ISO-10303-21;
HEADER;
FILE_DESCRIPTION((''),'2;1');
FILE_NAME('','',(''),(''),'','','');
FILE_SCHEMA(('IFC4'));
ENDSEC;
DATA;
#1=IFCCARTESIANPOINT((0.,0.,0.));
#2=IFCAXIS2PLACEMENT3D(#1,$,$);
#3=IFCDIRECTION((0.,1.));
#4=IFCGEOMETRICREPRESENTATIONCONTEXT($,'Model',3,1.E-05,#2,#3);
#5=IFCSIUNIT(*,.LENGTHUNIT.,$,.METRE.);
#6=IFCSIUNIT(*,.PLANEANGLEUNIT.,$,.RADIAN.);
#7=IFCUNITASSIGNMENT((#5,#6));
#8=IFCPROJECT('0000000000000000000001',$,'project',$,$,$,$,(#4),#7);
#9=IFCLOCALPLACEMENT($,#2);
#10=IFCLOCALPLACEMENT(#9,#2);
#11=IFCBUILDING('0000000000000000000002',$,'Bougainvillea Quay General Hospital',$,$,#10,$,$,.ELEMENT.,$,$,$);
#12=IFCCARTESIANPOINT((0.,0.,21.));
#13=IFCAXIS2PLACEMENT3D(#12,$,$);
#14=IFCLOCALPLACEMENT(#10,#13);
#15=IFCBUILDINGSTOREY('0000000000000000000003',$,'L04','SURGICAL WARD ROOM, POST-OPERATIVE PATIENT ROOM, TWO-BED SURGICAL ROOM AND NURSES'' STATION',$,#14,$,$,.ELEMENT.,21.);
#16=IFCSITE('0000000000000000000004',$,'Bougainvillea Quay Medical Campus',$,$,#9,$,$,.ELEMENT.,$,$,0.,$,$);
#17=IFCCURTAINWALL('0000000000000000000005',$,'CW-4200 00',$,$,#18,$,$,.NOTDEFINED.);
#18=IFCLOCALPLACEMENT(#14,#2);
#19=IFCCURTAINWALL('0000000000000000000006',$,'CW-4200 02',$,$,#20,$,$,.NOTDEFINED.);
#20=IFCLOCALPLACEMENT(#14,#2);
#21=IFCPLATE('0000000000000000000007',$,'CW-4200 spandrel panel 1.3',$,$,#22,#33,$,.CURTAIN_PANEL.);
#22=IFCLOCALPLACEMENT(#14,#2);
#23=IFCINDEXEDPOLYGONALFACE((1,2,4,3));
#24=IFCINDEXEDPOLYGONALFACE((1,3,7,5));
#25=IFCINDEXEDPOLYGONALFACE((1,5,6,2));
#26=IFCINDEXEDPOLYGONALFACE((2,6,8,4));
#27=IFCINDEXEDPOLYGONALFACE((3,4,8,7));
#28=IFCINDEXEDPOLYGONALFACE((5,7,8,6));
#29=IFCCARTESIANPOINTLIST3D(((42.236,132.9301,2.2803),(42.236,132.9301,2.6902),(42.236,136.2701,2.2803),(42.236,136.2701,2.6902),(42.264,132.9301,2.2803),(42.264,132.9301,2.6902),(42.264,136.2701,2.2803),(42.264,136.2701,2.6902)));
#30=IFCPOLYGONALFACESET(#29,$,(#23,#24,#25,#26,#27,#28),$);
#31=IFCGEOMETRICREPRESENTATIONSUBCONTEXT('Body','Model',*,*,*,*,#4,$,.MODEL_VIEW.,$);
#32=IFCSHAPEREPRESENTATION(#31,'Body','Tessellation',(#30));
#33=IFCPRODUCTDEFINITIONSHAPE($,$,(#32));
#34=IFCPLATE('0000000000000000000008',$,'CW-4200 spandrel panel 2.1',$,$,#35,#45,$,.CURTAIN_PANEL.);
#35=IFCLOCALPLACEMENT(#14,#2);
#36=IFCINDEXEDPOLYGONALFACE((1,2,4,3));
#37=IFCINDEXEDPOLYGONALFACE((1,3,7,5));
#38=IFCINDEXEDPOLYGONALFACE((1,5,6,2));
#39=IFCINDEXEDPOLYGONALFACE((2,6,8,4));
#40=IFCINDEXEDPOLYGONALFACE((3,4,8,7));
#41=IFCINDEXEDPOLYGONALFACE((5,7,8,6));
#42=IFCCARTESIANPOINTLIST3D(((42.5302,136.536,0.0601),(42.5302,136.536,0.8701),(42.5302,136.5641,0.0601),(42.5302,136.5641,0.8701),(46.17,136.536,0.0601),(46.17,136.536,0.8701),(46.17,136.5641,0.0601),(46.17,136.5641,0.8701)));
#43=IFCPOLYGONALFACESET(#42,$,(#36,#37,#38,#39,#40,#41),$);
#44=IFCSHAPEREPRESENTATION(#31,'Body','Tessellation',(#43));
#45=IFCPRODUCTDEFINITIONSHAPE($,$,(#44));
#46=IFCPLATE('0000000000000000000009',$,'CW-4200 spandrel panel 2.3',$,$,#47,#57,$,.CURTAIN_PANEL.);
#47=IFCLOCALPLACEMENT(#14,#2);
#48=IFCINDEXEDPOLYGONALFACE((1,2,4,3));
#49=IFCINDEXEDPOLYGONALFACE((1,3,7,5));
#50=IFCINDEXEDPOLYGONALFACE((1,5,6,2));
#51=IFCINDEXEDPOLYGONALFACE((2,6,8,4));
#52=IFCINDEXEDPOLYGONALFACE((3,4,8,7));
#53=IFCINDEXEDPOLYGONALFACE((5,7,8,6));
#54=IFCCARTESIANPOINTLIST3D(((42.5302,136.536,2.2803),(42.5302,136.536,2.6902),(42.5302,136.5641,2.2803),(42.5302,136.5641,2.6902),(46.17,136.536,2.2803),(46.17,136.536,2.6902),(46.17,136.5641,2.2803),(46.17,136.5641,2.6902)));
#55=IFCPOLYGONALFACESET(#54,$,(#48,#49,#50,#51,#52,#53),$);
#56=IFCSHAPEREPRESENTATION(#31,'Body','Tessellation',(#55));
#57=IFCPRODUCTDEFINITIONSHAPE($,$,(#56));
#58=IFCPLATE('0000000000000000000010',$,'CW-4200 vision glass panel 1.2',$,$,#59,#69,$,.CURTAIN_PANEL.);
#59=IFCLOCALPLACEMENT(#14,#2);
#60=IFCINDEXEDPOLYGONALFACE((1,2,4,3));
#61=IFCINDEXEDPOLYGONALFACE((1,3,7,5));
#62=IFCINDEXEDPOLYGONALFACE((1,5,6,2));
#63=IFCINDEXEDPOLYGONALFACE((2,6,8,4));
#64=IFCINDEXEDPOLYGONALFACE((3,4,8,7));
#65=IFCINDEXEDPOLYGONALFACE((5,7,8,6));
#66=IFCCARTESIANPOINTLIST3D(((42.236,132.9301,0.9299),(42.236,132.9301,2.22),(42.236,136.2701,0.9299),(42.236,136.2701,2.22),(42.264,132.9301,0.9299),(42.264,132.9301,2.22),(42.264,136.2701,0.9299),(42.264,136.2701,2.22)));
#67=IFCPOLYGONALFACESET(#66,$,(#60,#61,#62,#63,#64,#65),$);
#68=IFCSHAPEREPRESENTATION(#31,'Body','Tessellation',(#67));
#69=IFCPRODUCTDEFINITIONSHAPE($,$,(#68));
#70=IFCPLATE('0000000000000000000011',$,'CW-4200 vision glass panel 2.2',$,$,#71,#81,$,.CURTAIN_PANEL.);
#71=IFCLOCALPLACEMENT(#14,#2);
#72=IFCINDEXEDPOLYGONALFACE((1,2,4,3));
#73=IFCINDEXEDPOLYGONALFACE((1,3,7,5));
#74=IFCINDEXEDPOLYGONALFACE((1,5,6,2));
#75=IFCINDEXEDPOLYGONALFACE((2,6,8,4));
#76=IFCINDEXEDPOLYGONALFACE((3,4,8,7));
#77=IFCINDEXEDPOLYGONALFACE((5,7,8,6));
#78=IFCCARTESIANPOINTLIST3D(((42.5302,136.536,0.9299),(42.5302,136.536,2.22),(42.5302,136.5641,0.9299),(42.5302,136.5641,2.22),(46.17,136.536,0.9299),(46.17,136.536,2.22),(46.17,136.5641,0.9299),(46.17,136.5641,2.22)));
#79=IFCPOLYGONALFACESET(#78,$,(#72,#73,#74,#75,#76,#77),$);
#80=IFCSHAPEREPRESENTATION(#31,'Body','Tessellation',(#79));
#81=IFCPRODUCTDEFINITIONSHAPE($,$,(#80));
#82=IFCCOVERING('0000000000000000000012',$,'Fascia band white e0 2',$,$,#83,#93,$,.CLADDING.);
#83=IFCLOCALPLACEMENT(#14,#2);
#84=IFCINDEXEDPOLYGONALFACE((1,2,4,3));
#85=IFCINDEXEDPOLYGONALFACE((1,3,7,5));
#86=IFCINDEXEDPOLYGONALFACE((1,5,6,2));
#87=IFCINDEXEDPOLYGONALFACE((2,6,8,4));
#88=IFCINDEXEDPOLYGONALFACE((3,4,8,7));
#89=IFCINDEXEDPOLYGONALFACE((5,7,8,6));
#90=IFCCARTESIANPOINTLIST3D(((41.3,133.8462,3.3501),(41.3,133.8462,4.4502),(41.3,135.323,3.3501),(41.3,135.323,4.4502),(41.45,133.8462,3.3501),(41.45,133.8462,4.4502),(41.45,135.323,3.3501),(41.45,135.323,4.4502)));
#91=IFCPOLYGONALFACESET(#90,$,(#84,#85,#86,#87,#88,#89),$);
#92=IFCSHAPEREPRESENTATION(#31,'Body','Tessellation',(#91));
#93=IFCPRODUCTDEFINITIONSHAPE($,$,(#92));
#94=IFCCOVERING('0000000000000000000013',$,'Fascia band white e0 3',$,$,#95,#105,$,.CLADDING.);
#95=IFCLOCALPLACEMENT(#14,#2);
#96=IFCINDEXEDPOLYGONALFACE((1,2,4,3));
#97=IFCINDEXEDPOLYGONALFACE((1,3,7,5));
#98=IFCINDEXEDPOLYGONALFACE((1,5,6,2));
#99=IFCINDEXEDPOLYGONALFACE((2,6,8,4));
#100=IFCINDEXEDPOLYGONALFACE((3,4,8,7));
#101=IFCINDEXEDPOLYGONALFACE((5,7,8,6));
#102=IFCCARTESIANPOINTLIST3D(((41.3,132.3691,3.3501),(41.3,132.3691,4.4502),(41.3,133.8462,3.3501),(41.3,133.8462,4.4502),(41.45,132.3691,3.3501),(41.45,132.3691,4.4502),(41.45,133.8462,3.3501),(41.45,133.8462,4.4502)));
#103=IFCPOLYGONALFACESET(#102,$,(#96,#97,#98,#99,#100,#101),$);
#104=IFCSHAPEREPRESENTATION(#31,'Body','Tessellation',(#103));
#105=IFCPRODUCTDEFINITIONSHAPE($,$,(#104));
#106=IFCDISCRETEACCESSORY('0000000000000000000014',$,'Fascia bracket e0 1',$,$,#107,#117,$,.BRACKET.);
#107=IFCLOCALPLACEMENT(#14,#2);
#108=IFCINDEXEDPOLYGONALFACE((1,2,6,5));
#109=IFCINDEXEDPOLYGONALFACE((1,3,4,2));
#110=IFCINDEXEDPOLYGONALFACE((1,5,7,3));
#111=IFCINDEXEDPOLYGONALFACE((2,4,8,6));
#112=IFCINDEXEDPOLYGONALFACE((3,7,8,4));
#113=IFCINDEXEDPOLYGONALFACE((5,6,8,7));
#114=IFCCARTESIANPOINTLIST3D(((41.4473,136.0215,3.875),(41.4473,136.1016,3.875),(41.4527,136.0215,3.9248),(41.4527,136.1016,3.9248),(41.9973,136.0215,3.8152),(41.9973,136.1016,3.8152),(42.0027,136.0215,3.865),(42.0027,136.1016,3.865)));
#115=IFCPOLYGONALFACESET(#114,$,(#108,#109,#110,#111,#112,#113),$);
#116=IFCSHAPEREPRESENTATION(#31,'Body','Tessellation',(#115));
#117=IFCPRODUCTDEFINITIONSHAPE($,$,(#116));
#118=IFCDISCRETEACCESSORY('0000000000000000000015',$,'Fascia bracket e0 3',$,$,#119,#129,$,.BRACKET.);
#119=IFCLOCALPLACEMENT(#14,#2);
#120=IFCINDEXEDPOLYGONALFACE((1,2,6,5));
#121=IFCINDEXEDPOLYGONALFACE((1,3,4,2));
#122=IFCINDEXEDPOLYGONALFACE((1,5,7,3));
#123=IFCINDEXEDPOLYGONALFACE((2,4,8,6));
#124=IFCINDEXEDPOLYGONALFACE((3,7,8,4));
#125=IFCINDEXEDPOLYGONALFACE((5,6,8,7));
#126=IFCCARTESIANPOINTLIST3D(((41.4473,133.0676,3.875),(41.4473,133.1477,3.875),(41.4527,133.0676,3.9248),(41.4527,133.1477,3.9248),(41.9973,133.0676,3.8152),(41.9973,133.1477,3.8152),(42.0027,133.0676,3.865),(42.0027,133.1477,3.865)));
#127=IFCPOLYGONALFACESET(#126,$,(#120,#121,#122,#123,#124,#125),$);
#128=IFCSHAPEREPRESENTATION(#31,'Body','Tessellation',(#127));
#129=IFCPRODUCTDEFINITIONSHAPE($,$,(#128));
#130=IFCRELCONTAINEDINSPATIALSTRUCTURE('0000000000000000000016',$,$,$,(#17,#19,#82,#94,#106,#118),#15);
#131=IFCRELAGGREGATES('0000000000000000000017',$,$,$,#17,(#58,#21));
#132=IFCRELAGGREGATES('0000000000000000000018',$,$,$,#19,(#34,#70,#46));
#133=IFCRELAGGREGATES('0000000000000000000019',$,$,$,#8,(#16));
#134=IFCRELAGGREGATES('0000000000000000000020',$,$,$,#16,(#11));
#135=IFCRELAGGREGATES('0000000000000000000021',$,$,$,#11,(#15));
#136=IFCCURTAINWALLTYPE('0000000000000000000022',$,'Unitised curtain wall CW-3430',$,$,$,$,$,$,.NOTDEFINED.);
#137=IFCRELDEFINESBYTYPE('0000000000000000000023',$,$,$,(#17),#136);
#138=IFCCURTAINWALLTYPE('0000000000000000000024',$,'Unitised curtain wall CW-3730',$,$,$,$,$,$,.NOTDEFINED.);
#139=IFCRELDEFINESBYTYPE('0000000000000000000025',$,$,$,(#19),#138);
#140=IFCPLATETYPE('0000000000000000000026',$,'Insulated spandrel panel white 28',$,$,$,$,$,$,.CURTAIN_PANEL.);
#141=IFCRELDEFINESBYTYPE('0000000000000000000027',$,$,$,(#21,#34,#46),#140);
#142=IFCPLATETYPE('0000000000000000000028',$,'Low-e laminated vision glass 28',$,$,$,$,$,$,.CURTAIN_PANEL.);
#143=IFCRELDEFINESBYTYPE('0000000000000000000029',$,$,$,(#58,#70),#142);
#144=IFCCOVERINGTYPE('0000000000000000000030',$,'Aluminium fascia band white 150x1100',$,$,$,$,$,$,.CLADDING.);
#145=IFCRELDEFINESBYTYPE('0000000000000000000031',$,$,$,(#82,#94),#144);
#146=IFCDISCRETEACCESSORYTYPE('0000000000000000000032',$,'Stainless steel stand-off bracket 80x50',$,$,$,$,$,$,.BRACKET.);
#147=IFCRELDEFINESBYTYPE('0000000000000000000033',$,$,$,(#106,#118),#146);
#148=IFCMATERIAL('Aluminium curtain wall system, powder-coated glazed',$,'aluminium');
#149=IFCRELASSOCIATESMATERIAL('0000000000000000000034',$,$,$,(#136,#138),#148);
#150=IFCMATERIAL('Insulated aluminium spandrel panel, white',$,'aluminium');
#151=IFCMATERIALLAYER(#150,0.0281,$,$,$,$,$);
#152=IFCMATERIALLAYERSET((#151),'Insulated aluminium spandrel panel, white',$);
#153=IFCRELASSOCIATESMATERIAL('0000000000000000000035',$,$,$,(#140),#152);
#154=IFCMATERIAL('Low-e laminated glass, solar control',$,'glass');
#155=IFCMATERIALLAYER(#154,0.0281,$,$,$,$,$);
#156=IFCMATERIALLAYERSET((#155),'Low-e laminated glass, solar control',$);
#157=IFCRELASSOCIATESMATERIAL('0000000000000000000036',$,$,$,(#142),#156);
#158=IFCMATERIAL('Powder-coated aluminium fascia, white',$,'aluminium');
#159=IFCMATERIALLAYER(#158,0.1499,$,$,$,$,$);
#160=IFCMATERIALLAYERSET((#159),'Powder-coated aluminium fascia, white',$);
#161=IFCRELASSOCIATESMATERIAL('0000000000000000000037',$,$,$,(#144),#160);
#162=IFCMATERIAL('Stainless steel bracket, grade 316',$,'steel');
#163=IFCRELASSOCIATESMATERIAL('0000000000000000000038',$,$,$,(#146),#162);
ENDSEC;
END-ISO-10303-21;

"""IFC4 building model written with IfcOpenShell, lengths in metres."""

from ifc_helpers import new_model, si_unit, direction, frame, origin, origin_2d, place, context, subcontext, project, spatial, polyline, rectangle, outline, extrude, material, layer, layer_set, material_profile, profile_set, type_object, element, aggregate, save


model = new_model("IFC4")

# Units and contexts
model_context = context("Model", 3, precision=1e-05, world=origin(), true_north=direction((0.0, 1.0)))
body_context = subcontext(model_context, "Body", "Model", "MODEL_VIEW")
ifc_project = project(units=[si_unit("LENGTHUNIT", "METRE"), si_unit("PLANEANGLEUNIT", "RADIAN")], contexts=[model_context])

# Site, building, storey
site_placement = place(None, origin())
site = spatial("IfcSite", under=ifc_project, at=site_placement, Name="Bougainvillea Quay Medical Campus", CompositionType="ELEMENT", RefElevation=0.0)
building_placement = place(site_placement, origin())
building = spatial("IfcBuilding", under=site, at=building_placement, Name="Bougainvillea Quay General Hospital", CompositionType="ELEMENT")
storey_placement = place(building_placement, frame((0.0, 0.0, 21.0)))
storey = spatial("IfcBuildingStorey", under=building, at=storey_placement, Name="L04", Description="SURGICAL WARD ROOM, POST-OPERATIVE PATIENT ROOM, TWO-BED SURGICAL ROOM AND NURSES' STATION", CompositionType="ELEMENT", Elevation=21.0)

# Curtain wall
ifc_material_1 = material(Name="Aluminium curtain wall system, powder-coated glazed", Category="aluminium")
curtain_wall_type_1 = type_object("IfcCurtainWallType", Name="Unitised curtain wall CW-3430", PredefinedType="NOTDEFINED", material=ifc_material_1)
curtain_wall_1_placement = place(storey_placement, origin())
curtain_wall_1 = element("IfcCurtainWall", 1, at=curtain_wall_1_placement, inside=storey, type_object=curtain_wall_type_1, Name="CW-4200 00", PredefinedType="NOTDEFINED")

# Curtain wall
curtain_wall_type_2 = type_object("IfcCurtainWallType", Name="Unitised curtain wall CW-3730", PredefinedType="NOTDEFINED", material=ifc_material_1)
curtain_wall_2_placement = place(storey_placement, origin())
curtain_wall_2 = element("IfcCurtainWall", 2, at=curtain_wall_2_placement, inside=storey, type_object=curtain_wall_type_2, Name="CW-4200 02", PredefinedType="NOTDEFINED")

# Plates
ifc_material_2 = material(Name="Insulated aluminium spandrel panel, white", Category="aluminium")
ifc_layer_1 = layer(ifc_material_2, 0.0281)
ifc_layer_set_1 = layer_set([ifc_layer_1], Name="Insulated aluminium spandrel panel, white")
plate_type_1 = type_object("IfcPlateType", Name="Insulated spandrel panel white 28", PredefinedType="CURTAIN_PANEL", material=ifc_layer_set_1)
plate_1_placement = place(storey_placement, frame((42.25, 134.6001, 2.2803), z_axis=(0.0, 0.0, 1.0), x_axis=(0.0, -1.0, 0.0)))
plate_1 = element("IfcPlate", 3, at=plate_1_placement, type_object=plate_type_1, Name="CW-4200 spandrel panel 1.3", PredefinedType="CURTAIN_PANEL", context=body_context, shape_type="SweptSolid", body=[
    extrude(rectangle(XDim=3.3401, YDim=0.0281, at=origin_2d()), origin(), (0.0, 0.0, 1.0), 0.4099),
])
plate_2_placement = place(storey_placement, frame((44.3501, 136.55, 0.0601), z_axis=(0.0, 0.0, 1.0), x_axis=(-1.0, 0.0, 0.0)))
plate_2 = element("IfcPlate", 4, at=plate_2_placement, type_object=plate_type_1, Name="CW-4200 spandrel panel 2.1", PredefinedType="CURTAIN_PANEL", context=body_context, shape_type="SweptSolid", body=[
    extrude(rectangle(XDim=3.6399, YDim=0.0281, at=origin_2d()), origin(), (0.0, 0.0, 1.0), 0.8101),
])
plate_3_placement = place(storey_placement, frame((44.3501, 136.55, 2.2803), z_axis=(0.0, 0.0, 1.0), x_axis=(-1.0, 0.0, 0.0)))
plate_3 = element("IfcPlate", 5, at=plate_3_placement, type_object=plate_type_1, Name="CW-4200 spandrel panel 2.3", PredefinedType="CURTAIN_PANEL", context=body_context, shape_type="SweptSolid", body=[
    extrude(rectangle(XDim=3.6399, YDim=0.0281, at=origin_2d()), origin(), (0.0, 0.0, 1.0), 0.4099),
])
ifc_material_3 = material(Name="Low-e laminated glass, solar control", Category="glass")
ifc_layer_2 = layer(ifc_material_3, 0.0281)
ifc_layer_set_2 = layer_set([ifc_layer_2], Name="Low-e laminated glass, solar control")
plate_type_2 = type_object("IfcPlateType", Name="Low-e laminated vision glass 28", PredefinedType="CURTAIN_PANEL", material=ifc_layer_set_2)
plate_4_placement = place(storey_placement, frame((42.25, 134.6001, 0.9299), z_axis=(0.0, 0.0, 1.0), x_axis=(0.0, -1.0, 0.0)))
plate_4 = element("IfcPlate", 6, at=plate_4_placement, type_object=plate_type_2, Name="CW-4200 vision glass panel 1.2", PredefinedType="CURTAIN_PANEL", context=body_context, shape_type="SweptSolid", body=[
    extrude(rectangle(XDim=3.3401, YDim=0.0281, at=origin_2d()), origin(), (0.0, 0.0, 1.0), 1.29),
])
aggregate(curtain_wall_1, [plate_4, plate_1])
plate_5_placement = place(storey_placement, frame((44.3501, 136.55, 0.9299), z_axis=(0.0, 0.0, 1.0), x_axis=(-1.0, 0.0, 0.0)))
plate_5 = element("IfcPlate", 7, at=plate_5_placement, type_object=plate_type_2, Name="CW-4200 vision glass panel 2.2", PredefinedType="CURTAIN_PANEL", context=body_context, shape_type="SweptSolid", body=[
    extrude(rectangle(XDim=3.6399, YDim=0.0281, at=origin_2d()), origin(), (0.0, 0.0, 1.0), 1.29),
])
aggregate(curtain_wall_2, [plate_2, plate_5, plate_3])

# Coverings
ifc_material_4 = material(Name="Powder-coated aluminium fascia, white", Category="aluminium")
ifc_layer_3 = layer(ifc_material_4, 0.1499)
ifc_layer_set_3 = layer_set([ifc_layer_3], Name="Powder-coated aluminium fascia, white")
covering_type = type_object("IfcCoveringType", Name="Aluminium fascia band white 150x1100", PredefinedType="CLADDING", material=ifc_layer_set_3)
covering_1_placement = place(storey_placement, frame((41.45, 135.323, 3.3501), z_axis=(0.0, 0.0, 1.0), x_axis=(0.0, -1.0, 0.0)))
element("IfcCovering", 8, at=covering_1_placement, inside=storey, type_object=covering_type, Name="Fascia band white e0 2", PredefinedType="CLADDING", context=body_context, shape_type="SweptSolid", body=[
    extrude(outline(polyline([(0.0, 0.0), (1.4768, 0.0), (1.4768, -0.1499), (0.0, -0.1499), (0.0, 0.0)])), origin(), (0.0, 0.0, 1.0), 1.1001),
])
covering_2_placement = place(storey_placement, frame((41.45, 133.8462, 3.3501), z_axis=(0.0, 0.0, 1.0), x_axis=(0.0, -1.0, 0.0)))
element("IfcCovering", 9, at=covering_2_placement, inside=storey, type_object=covering_type, Name="Fascia band white e0 3", PredefinedType="CLADDING", context=body_context, shape_type="SweptSolid", body=[
    extrude(outline(polyline([(0.0, 0.0), (1.4771, 0.0), (1.4771, -0.1499), (0.0, -0.1499), (0.0, 0.0)])), origin(), (0.0, 0.0, 1.0), 1.1001),
])

# Discrete accessories
ifc_material_5 = material(Name="Stainless steel bracket, grade 316", Category="steel")
ifc_material_profile_1 = material_profile(ifc_material_5, rectangle(XDim=0.0801, YDim=0.05, at=origin_2d()))
ifc_profile_set_1 = profile_set([ifc_material_profile_1], Name="Stainless steel bracket, grade 316")
discrete_accessory_type = type_object("IfcDiscreteAccessoryType", Name="Stainless steel stand-off bracket 80x50", PredefinedType="BRACKET", material=ifc_profile_set_1)
for number, where, z_axis, x_axis, name in (
    (10, (42.0, 136.0615, 3.8401), (-0.994139, 0.0, 0.108107), (0.0, -1.0, 0.0), "Fascia bracket e0 1"),
    (11, (42.0, 133.1077, 3.8401), (-0.994139, 0.0, 0.108107), (0.0, -1.0, 0.0), "Fascia bracket e0 3"),
):
    element("IfcDiscreteAccessory", number, at=place(storey_placement, frame(where, z_axis=z_axis, x_axis=x_axis)), inside=storey, type_object=discrete_accessory_type, Name=name, PredefinedType="BRACKET", context=body_context, shape_type="SweptSolid", body=[
        extrude(rectangle(XDim=0.0801, YDim=0.05, at=origin_2d()), origin(), (0.0, 0.0, 1.0), 0.5532),
    ])

save(model, "model.ifc")
